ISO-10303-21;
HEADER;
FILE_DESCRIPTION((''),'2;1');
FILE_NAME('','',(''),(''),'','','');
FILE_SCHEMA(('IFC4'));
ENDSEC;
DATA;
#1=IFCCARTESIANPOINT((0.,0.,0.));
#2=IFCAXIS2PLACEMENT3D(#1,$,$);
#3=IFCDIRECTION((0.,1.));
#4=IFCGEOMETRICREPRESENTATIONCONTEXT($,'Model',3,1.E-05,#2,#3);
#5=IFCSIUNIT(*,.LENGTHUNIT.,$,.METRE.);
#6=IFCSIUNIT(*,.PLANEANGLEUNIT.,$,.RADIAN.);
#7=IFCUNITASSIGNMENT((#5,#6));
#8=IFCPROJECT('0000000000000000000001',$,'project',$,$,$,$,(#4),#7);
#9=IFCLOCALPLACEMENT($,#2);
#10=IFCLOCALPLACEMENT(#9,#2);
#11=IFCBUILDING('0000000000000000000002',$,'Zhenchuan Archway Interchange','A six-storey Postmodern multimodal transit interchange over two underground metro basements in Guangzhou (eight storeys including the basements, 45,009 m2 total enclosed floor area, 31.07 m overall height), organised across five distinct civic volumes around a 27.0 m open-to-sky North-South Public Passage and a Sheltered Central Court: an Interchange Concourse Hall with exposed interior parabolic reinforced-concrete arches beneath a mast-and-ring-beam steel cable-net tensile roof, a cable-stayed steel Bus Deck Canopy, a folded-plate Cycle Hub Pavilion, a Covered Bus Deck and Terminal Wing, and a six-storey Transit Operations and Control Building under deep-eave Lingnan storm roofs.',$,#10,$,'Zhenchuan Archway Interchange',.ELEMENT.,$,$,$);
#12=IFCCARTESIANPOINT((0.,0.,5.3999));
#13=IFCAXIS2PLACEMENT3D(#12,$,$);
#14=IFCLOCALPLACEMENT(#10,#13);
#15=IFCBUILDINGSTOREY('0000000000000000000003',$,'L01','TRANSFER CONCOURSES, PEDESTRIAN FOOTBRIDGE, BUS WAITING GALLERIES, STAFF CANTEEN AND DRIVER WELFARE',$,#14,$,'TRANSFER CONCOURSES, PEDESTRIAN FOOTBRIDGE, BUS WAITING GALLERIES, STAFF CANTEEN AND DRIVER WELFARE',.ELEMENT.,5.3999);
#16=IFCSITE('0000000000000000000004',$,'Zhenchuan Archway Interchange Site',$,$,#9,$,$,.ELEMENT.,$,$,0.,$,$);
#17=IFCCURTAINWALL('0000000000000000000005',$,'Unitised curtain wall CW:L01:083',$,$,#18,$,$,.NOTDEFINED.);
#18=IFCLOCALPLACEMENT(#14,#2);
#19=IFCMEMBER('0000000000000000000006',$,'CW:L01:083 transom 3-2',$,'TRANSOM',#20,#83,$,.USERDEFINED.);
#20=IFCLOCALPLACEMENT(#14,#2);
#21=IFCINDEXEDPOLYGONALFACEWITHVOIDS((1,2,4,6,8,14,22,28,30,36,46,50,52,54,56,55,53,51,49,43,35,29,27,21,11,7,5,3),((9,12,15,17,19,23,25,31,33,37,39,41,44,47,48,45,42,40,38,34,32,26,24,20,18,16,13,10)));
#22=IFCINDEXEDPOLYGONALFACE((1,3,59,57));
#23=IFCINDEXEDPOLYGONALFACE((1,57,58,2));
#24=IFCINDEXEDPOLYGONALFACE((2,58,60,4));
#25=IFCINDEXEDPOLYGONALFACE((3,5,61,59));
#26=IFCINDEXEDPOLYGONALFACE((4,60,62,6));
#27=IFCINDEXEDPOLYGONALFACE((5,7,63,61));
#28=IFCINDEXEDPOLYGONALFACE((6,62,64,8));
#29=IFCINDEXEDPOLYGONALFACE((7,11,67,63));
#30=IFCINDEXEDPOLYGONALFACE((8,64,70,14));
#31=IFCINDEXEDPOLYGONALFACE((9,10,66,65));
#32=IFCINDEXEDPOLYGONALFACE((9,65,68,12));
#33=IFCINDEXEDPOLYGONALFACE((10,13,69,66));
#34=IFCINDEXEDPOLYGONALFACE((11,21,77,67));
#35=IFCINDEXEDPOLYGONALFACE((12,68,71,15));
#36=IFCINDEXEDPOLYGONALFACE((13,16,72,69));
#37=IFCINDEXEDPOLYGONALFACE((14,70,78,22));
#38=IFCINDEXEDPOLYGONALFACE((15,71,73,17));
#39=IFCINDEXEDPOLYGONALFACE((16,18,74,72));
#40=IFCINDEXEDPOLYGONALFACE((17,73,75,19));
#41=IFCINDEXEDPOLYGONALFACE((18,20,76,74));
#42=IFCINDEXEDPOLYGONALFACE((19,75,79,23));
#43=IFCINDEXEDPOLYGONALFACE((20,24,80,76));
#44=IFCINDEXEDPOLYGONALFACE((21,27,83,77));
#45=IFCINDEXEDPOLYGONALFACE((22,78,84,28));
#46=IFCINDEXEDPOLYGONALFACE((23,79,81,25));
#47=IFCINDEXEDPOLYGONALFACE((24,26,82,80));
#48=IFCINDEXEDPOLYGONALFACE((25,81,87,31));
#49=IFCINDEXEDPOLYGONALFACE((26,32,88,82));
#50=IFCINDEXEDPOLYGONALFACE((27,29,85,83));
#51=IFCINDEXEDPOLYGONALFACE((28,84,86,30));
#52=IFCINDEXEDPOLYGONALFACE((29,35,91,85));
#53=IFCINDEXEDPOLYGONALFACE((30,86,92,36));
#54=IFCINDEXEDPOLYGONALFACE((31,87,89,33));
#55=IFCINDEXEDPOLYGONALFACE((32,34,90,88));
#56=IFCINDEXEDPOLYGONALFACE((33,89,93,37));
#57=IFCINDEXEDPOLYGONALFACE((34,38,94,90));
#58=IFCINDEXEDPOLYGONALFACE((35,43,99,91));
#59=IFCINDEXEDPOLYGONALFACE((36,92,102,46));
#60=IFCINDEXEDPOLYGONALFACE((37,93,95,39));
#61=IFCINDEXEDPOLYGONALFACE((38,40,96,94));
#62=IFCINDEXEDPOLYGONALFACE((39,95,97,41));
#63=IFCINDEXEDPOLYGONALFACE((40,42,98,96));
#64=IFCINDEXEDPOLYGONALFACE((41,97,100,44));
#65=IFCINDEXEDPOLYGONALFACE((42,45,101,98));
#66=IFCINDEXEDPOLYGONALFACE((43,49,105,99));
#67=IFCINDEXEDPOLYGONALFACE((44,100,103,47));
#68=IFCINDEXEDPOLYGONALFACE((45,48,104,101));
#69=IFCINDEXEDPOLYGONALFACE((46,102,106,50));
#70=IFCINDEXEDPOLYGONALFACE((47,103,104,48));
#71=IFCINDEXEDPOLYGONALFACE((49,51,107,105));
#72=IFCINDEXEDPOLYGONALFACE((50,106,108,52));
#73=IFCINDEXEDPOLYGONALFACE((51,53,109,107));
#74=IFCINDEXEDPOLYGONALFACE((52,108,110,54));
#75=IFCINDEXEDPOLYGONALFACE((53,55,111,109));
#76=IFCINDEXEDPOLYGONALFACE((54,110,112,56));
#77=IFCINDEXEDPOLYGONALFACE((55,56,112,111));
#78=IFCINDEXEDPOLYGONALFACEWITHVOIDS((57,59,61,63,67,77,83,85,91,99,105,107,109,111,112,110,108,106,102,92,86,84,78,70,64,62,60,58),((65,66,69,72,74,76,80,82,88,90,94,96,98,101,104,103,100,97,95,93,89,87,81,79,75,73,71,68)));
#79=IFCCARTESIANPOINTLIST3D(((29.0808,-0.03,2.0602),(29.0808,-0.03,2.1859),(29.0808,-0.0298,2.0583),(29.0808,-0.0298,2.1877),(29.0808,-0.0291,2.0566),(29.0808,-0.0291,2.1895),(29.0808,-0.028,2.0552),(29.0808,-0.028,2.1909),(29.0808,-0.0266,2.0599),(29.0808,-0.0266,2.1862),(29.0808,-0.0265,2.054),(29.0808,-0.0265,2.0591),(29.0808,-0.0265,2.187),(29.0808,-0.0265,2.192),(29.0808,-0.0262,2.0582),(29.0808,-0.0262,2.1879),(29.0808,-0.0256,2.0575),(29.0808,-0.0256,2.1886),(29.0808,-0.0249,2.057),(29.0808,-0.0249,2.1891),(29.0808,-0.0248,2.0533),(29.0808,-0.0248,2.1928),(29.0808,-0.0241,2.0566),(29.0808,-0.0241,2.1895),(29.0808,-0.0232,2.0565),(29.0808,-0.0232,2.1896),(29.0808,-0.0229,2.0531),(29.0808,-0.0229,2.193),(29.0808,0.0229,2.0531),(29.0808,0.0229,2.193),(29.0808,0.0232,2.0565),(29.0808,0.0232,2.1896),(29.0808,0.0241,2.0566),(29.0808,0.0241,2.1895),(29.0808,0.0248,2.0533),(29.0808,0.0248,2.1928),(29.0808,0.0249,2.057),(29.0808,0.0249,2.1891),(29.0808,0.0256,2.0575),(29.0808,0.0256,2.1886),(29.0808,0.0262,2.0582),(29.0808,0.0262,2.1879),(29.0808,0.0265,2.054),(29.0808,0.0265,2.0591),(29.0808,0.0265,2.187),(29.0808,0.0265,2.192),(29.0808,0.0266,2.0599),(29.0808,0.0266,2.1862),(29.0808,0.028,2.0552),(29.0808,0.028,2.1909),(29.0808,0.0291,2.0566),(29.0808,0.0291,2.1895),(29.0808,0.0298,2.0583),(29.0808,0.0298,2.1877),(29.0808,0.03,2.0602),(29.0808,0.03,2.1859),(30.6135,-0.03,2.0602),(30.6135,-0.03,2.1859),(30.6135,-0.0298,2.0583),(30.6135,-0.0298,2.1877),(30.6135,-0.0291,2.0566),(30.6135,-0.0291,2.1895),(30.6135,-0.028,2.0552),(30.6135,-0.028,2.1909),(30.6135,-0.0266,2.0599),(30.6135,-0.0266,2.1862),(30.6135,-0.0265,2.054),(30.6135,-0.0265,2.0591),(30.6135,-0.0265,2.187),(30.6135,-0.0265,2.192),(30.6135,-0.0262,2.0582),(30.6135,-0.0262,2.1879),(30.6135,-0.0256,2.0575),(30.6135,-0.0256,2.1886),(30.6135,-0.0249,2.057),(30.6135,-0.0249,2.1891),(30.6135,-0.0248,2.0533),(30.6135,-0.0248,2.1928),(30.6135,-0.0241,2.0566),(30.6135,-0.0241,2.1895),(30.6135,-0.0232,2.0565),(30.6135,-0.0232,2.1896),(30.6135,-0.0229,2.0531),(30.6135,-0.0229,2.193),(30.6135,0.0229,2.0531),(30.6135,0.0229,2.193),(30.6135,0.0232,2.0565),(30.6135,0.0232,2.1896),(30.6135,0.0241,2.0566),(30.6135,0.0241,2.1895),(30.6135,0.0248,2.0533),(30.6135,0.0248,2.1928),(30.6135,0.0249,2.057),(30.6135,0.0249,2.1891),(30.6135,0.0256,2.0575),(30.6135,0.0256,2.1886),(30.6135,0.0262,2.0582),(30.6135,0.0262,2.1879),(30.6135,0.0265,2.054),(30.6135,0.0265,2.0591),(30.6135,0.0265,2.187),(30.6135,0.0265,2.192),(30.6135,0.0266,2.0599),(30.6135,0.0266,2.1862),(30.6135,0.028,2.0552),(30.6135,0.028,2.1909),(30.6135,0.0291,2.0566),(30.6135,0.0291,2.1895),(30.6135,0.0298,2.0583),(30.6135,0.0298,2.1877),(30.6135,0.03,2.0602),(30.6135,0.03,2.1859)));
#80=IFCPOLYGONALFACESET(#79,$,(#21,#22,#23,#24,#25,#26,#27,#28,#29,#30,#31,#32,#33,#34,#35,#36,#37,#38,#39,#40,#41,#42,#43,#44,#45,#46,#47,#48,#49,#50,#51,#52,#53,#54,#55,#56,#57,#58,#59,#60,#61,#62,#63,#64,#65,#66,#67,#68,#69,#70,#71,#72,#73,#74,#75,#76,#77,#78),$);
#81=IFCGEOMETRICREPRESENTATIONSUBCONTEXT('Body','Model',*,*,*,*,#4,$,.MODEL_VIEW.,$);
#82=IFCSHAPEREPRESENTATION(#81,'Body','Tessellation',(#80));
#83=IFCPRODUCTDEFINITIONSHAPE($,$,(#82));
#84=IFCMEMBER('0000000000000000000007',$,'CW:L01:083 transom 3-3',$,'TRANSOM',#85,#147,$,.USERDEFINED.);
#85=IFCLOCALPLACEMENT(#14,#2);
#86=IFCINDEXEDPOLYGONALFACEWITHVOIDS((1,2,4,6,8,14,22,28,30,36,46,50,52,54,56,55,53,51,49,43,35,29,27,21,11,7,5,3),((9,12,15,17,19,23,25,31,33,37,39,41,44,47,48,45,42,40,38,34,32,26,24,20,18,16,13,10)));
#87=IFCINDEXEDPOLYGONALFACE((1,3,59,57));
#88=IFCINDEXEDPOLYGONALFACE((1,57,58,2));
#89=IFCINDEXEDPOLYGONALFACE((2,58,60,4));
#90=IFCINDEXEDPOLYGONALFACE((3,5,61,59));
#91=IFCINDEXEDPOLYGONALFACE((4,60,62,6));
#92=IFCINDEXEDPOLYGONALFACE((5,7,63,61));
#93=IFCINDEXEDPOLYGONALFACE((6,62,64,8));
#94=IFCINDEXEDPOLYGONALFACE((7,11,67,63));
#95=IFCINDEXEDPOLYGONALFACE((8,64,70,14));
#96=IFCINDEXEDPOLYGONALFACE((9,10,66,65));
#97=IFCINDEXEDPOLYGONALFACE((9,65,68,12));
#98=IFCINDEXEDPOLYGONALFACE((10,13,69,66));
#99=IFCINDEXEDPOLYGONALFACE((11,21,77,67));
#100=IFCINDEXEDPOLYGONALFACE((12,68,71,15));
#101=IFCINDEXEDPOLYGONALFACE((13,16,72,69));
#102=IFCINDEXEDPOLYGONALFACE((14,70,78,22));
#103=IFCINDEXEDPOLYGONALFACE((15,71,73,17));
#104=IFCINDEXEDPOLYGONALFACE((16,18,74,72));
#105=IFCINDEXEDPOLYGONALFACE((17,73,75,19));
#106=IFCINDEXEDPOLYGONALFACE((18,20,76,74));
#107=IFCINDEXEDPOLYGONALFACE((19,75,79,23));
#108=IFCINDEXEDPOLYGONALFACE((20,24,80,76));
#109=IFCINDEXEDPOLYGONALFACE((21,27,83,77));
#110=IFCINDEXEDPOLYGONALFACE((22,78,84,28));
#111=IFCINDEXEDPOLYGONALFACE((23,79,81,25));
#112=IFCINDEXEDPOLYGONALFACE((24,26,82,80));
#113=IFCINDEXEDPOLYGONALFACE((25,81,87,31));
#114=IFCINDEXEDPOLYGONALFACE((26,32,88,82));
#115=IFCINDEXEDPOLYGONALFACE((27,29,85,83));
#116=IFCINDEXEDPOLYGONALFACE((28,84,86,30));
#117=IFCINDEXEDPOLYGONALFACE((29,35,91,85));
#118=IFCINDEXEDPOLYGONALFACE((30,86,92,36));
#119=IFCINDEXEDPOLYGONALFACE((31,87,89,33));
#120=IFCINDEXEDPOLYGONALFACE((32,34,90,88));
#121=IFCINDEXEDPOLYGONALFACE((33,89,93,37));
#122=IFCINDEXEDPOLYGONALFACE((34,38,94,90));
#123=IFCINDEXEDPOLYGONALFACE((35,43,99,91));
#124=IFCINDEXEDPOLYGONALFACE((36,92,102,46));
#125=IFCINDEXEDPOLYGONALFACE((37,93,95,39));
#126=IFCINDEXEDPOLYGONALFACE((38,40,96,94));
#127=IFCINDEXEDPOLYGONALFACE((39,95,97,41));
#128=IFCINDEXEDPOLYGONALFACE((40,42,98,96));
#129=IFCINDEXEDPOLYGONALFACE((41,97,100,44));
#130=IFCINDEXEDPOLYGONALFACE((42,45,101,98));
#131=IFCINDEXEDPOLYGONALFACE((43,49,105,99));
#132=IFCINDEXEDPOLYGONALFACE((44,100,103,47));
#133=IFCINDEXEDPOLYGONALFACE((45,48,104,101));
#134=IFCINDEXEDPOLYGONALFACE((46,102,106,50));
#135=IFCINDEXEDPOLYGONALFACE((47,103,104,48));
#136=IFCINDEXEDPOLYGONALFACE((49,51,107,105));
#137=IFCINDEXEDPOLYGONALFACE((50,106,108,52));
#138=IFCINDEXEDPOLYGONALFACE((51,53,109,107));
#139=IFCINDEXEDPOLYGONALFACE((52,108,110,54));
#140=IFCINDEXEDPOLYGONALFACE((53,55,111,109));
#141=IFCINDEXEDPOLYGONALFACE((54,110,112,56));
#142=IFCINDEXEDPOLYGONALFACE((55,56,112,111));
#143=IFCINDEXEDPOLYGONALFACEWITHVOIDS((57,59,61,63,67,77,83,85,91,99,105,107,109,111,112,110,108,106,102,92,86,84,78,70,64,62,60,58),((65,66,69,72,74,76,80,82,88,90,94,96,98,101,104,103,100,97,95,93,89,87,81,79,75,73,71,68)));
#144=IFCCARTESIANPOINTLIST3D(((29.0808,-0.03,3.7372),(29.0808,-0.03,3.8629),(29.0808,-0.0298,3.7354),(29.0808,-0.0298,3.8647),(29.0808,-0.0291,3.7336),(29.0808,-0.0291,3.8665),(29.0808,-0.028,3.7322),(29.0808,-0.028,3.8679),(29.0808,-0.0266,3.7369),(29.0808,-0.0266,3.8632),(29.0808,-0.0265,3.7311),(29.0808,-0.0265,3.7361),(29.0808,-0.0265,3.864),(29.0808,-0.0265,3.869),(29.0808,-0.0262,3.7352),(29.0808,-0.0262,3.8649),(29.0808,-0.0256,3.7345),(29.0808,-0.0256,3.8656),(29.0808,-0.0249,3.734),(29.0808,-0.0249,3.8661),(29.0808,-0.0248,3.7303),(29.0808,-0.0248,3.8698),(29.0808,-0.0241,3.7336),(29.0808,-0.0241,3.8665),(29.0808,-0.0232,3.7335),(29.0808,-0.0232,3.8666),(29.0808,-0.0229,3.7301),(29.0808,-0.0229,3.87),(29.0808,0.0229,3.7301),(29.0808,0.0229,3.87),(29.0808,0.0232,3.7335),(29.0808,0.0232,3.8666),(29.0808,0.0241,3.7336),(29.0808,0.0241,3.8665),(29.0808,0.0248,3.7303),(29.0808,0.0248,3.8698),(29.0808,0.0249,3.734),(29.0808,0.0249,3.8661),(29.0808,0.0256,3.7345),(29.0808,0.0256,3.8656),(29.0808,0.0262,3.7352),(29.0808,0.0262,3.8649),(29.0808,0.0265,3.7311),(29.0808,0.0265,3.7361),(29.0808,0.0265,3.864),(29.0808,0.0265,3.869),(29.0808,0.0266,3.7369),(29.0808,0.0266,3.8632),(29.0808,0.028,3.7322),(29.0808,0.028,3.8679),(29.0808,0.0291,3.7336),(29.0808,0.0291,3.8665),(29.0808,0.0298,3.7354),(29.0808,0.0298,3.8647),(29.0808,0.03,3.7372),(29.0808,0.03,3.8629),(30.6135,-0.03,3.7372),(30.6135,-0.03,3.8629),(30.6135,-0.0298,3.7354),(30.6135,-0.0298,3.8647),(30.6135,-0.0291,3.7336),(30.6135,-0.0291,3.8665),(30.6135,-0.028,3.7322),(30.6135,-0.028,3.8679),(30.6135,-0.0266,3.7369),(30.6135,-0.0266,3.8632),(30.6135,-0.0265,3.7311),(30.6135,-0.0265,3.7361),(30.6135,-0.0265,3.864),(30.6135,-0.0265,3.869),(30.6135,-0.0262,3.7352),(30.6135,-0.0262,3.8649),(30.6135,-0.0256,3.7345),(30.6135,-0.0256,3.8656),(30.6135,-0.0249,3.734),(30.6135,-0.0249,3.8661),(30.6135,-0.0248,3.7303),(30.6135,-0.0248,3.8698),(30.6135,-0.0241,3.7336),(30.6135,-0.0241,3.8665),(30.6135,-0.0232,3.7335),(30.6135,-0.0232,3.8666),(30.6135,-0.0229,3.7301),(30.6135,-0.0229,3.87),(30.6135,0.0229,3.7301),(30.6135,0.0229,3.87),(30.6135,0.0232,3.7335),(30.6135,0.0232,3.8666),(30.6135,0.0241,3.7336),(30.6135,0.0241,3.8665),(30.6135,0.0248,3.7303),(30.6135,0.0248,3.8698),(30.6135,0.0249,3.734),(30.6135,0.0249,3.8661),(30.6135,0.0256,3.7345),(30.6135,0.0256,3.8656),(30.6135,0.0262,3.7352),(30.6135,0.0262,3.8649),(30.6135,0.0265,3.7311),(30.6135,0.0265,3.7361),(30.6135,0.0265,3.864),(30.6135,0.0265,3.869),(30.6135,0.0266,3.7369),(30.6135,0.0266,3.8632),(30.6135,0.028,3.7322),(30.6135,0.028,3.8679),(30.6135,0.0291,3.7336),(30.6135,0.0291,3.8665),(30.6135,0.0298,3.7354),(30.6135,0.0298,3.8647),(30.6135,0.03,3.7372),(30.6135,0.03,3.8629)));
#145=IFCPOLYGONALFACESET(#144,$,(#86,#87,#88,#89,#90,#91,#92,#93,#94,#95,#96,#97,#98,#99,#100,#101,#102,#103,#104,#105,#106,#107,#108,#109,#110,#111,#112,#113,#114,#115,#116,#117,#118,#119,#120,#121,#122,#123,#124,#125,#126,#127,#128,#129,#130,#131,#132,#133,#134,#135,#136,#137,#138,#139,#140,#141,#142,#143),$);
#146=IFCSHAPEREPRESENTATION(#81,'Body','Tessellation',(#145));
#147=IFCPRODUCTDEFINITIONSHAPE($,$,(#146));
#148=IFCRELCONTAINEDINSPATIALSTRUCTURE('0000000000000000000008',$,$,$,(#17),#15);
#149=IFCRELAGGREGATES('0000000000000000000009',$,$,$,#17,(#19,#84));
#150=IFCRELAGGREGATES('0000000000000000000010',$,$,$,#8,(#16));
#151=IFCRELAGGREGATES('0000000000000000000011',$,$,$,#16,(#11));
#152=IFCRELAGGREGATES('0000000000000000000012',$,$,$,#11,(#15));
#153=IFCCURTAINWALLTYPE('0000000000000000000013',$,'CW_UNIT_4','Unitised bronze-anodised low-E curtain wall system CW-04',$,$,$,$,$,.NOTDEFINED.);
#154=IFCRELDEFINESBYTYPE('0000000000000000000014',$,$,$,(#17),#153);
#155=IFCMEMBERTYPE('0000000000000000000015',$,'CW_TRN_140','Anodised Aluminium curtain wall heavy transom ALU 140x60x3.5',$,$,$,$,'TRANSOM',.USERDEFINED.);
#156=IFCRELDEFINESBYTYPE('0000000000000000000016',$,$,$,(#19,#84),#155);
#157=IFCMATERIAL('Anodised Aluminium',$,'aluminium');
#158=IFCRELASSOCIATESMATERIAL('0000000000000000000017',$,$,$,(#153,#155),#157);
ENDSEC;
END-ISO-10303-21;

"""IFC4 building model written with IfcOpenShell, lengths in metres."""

from ifc_helpers import new_model, si_unit, direction, frame, origin, origin_2d, place, context, subcontext, project, spatial, hollow_rectangle, extrude, material, material_profile, profile_set, type_object, element, aggregate, save


model = new_model("IFC4")

# Units and contexts
model_context = context("Model", 3, precision=1e-05, world=origin(), true_north=direction((0.0, 1.0)))
body_context = subcontext(model_context, "Body", "Model", "MODEL_VIEW")
ifc_project = project(units=[si_unit("LENGTHUNIT", "METRE"), si_unit("PLANEANGLEUNIT", "RADIAN")], contexts=[model_context])

# Site, building, storey
site_placement = place(None, origin())
site = spatial("IfcSite", under=ifc_project, at=site_placement, Name="Zhenchuan Archway Interchange Site", CompositionType="ELEMENT", RefElevation=0.0)
building_placement = place(site_placement, origin())
building = spatial("IfcBuilding", under=site, at=building_placement, Name="Zhenchuan Archway Interchange", Description="A six-storey Postmodern multimodal transit interchange over two underground metro basements in Guangzhou (eight storeys including the basements, 45,009 m2 total enclosed floor area, 31.07 m overall height), organised across five distinct civic volumes around a 27.0 m open-to-sky North-South Public Passage and a Sheltered Central Court: an Interchange Concourse Hall with exposed interior parabolic reinforced-concrete arches beneath a mast-and-ring-beam steel cable-net tensile roof, a cable-stayed steel Bus Deck Canopy, a folded-plate Cycle Hub Pavilion, a Covered Bus Deck and Terminal Wing, and a six-storey Transit Operations and Control Building under deep-eave Lingnan storm roofs.", LongName="Zhenchuan Archway Interchange", CompositionType="ELEMENT")
storey_placement = place(building_placement, frame((0.0, 0.0, 5.3999)))
storey = spatial("IfcBuildingStorey", under=building, at=storey_placement, Name="L01", Description="TRANSFER CONCOURSES, PEDESTRIAN FOOTBRIDGE, BUS WAITING GALLERIES, STAFF CANTEEN AND DRIVER WELFARE", LongName="TRANSFER CONCOURSES, PEDESTRIAN FOOTBRIDGE, BUS WAITING GALLERIES, STAFF CANTEEN AND DRIVER WELFARE", CompositionType="ELEMENT", Elevation=5.3999)

# Curtain wall, members
ifc_material_1 = material(Name="Anodised Aluminium", Category="aluminium")
curtain_wall_type = type_object("IfcCurtainWallType", Name="CW_UNIT_4", Description="Unitised bronze-anodised low-E curtain wall system CW-04", PredefinedType="NOTDEFINED", material=ifc_material_1)
curtain_wall_placement = place(storey_placement, origin())
curtain_wall = element("IfcCurtainWall", 1, at=curtain_wall_placement, inside=storey, type_object=curtain_wall_type, Name="Unitised curtain wall CW:L01:083", PredefinedType="NOTDEFINED")
ifc_material_profile_1 = material_profile(ifc_material_1, hollow_rectangle(XDim=0.0601, YDim=0.1399, WallThickness=0.0034, InnerFilletRadius=0.0034, OuterFilletRadius=0.0071, at=origin_2d()), Name="ALU 140x60x3.5")
ifc_profile_set_1 = profile_set([ifc_material_profile_1], Name="Anodised Aluminium")
member_type_1 = type_object("IfcMemberType", Name="CW_TRN_140", Description="Anodised Aluminium curtain wall heavy transom ALU 140x60x3.5", ElementType="TRANSOM", PredefinedType="USERDEFINED", material=ifc_profile_set_1)
member_1_placement = place(storey_placement, frame((30.6135, 0.0, 2.123), z_axis=(-1.0, 0.0, 0.0), x_axis=(0.0, -1.0, 0.0)))
member_1 = element("IfcMember", 2, at=member_1_placement, type_object=member_type_1, Name="CW:L01:083 transom 3-2", ObjectType="TRANSOM", PredefinedType="USERDEFINED", context=body_context, shape_type="SweptSolid", body=[
    extrude(hollow_rectangle(XDim=0.0601, YDim=0.1399, WallThickness=0.0034, InnerFilletRadius=0.0034, OuterFilletRadius=0.0071, at=origin_2d()), origin(), (0.0, 0.0, 1.0), 1.5327),
])
member_2_placement = place(storey_placement, frame((30.6135, 0.0, 3.8), z_axis=(-1.0, 0.0, 0.0), x_axis=(0.0, -1.0, 0.0)))
member_2 = element("IfcMember", 3, at=member_2_placement, type_object=member_type_1, Name="CW:L01:083 transom 3-3", ObjectType="TRANSOM", PredefinedType="USERDEFINED", context=body_context, shape_type="SweptSolid", body=[
    extrude(hollow_rectangle(XDim=0.0601, YDim=0.1399, WallThickness=0.0034, InnerFilletRadius=0.0034, OuterFilletRadius=0.0071, at=origin_2d()), origin(), (0.0, 0.0, 1.0), 1.5327),
])

aggregate(curtain_wall, [member_1, member_2])

save(model, "model.ifc")
